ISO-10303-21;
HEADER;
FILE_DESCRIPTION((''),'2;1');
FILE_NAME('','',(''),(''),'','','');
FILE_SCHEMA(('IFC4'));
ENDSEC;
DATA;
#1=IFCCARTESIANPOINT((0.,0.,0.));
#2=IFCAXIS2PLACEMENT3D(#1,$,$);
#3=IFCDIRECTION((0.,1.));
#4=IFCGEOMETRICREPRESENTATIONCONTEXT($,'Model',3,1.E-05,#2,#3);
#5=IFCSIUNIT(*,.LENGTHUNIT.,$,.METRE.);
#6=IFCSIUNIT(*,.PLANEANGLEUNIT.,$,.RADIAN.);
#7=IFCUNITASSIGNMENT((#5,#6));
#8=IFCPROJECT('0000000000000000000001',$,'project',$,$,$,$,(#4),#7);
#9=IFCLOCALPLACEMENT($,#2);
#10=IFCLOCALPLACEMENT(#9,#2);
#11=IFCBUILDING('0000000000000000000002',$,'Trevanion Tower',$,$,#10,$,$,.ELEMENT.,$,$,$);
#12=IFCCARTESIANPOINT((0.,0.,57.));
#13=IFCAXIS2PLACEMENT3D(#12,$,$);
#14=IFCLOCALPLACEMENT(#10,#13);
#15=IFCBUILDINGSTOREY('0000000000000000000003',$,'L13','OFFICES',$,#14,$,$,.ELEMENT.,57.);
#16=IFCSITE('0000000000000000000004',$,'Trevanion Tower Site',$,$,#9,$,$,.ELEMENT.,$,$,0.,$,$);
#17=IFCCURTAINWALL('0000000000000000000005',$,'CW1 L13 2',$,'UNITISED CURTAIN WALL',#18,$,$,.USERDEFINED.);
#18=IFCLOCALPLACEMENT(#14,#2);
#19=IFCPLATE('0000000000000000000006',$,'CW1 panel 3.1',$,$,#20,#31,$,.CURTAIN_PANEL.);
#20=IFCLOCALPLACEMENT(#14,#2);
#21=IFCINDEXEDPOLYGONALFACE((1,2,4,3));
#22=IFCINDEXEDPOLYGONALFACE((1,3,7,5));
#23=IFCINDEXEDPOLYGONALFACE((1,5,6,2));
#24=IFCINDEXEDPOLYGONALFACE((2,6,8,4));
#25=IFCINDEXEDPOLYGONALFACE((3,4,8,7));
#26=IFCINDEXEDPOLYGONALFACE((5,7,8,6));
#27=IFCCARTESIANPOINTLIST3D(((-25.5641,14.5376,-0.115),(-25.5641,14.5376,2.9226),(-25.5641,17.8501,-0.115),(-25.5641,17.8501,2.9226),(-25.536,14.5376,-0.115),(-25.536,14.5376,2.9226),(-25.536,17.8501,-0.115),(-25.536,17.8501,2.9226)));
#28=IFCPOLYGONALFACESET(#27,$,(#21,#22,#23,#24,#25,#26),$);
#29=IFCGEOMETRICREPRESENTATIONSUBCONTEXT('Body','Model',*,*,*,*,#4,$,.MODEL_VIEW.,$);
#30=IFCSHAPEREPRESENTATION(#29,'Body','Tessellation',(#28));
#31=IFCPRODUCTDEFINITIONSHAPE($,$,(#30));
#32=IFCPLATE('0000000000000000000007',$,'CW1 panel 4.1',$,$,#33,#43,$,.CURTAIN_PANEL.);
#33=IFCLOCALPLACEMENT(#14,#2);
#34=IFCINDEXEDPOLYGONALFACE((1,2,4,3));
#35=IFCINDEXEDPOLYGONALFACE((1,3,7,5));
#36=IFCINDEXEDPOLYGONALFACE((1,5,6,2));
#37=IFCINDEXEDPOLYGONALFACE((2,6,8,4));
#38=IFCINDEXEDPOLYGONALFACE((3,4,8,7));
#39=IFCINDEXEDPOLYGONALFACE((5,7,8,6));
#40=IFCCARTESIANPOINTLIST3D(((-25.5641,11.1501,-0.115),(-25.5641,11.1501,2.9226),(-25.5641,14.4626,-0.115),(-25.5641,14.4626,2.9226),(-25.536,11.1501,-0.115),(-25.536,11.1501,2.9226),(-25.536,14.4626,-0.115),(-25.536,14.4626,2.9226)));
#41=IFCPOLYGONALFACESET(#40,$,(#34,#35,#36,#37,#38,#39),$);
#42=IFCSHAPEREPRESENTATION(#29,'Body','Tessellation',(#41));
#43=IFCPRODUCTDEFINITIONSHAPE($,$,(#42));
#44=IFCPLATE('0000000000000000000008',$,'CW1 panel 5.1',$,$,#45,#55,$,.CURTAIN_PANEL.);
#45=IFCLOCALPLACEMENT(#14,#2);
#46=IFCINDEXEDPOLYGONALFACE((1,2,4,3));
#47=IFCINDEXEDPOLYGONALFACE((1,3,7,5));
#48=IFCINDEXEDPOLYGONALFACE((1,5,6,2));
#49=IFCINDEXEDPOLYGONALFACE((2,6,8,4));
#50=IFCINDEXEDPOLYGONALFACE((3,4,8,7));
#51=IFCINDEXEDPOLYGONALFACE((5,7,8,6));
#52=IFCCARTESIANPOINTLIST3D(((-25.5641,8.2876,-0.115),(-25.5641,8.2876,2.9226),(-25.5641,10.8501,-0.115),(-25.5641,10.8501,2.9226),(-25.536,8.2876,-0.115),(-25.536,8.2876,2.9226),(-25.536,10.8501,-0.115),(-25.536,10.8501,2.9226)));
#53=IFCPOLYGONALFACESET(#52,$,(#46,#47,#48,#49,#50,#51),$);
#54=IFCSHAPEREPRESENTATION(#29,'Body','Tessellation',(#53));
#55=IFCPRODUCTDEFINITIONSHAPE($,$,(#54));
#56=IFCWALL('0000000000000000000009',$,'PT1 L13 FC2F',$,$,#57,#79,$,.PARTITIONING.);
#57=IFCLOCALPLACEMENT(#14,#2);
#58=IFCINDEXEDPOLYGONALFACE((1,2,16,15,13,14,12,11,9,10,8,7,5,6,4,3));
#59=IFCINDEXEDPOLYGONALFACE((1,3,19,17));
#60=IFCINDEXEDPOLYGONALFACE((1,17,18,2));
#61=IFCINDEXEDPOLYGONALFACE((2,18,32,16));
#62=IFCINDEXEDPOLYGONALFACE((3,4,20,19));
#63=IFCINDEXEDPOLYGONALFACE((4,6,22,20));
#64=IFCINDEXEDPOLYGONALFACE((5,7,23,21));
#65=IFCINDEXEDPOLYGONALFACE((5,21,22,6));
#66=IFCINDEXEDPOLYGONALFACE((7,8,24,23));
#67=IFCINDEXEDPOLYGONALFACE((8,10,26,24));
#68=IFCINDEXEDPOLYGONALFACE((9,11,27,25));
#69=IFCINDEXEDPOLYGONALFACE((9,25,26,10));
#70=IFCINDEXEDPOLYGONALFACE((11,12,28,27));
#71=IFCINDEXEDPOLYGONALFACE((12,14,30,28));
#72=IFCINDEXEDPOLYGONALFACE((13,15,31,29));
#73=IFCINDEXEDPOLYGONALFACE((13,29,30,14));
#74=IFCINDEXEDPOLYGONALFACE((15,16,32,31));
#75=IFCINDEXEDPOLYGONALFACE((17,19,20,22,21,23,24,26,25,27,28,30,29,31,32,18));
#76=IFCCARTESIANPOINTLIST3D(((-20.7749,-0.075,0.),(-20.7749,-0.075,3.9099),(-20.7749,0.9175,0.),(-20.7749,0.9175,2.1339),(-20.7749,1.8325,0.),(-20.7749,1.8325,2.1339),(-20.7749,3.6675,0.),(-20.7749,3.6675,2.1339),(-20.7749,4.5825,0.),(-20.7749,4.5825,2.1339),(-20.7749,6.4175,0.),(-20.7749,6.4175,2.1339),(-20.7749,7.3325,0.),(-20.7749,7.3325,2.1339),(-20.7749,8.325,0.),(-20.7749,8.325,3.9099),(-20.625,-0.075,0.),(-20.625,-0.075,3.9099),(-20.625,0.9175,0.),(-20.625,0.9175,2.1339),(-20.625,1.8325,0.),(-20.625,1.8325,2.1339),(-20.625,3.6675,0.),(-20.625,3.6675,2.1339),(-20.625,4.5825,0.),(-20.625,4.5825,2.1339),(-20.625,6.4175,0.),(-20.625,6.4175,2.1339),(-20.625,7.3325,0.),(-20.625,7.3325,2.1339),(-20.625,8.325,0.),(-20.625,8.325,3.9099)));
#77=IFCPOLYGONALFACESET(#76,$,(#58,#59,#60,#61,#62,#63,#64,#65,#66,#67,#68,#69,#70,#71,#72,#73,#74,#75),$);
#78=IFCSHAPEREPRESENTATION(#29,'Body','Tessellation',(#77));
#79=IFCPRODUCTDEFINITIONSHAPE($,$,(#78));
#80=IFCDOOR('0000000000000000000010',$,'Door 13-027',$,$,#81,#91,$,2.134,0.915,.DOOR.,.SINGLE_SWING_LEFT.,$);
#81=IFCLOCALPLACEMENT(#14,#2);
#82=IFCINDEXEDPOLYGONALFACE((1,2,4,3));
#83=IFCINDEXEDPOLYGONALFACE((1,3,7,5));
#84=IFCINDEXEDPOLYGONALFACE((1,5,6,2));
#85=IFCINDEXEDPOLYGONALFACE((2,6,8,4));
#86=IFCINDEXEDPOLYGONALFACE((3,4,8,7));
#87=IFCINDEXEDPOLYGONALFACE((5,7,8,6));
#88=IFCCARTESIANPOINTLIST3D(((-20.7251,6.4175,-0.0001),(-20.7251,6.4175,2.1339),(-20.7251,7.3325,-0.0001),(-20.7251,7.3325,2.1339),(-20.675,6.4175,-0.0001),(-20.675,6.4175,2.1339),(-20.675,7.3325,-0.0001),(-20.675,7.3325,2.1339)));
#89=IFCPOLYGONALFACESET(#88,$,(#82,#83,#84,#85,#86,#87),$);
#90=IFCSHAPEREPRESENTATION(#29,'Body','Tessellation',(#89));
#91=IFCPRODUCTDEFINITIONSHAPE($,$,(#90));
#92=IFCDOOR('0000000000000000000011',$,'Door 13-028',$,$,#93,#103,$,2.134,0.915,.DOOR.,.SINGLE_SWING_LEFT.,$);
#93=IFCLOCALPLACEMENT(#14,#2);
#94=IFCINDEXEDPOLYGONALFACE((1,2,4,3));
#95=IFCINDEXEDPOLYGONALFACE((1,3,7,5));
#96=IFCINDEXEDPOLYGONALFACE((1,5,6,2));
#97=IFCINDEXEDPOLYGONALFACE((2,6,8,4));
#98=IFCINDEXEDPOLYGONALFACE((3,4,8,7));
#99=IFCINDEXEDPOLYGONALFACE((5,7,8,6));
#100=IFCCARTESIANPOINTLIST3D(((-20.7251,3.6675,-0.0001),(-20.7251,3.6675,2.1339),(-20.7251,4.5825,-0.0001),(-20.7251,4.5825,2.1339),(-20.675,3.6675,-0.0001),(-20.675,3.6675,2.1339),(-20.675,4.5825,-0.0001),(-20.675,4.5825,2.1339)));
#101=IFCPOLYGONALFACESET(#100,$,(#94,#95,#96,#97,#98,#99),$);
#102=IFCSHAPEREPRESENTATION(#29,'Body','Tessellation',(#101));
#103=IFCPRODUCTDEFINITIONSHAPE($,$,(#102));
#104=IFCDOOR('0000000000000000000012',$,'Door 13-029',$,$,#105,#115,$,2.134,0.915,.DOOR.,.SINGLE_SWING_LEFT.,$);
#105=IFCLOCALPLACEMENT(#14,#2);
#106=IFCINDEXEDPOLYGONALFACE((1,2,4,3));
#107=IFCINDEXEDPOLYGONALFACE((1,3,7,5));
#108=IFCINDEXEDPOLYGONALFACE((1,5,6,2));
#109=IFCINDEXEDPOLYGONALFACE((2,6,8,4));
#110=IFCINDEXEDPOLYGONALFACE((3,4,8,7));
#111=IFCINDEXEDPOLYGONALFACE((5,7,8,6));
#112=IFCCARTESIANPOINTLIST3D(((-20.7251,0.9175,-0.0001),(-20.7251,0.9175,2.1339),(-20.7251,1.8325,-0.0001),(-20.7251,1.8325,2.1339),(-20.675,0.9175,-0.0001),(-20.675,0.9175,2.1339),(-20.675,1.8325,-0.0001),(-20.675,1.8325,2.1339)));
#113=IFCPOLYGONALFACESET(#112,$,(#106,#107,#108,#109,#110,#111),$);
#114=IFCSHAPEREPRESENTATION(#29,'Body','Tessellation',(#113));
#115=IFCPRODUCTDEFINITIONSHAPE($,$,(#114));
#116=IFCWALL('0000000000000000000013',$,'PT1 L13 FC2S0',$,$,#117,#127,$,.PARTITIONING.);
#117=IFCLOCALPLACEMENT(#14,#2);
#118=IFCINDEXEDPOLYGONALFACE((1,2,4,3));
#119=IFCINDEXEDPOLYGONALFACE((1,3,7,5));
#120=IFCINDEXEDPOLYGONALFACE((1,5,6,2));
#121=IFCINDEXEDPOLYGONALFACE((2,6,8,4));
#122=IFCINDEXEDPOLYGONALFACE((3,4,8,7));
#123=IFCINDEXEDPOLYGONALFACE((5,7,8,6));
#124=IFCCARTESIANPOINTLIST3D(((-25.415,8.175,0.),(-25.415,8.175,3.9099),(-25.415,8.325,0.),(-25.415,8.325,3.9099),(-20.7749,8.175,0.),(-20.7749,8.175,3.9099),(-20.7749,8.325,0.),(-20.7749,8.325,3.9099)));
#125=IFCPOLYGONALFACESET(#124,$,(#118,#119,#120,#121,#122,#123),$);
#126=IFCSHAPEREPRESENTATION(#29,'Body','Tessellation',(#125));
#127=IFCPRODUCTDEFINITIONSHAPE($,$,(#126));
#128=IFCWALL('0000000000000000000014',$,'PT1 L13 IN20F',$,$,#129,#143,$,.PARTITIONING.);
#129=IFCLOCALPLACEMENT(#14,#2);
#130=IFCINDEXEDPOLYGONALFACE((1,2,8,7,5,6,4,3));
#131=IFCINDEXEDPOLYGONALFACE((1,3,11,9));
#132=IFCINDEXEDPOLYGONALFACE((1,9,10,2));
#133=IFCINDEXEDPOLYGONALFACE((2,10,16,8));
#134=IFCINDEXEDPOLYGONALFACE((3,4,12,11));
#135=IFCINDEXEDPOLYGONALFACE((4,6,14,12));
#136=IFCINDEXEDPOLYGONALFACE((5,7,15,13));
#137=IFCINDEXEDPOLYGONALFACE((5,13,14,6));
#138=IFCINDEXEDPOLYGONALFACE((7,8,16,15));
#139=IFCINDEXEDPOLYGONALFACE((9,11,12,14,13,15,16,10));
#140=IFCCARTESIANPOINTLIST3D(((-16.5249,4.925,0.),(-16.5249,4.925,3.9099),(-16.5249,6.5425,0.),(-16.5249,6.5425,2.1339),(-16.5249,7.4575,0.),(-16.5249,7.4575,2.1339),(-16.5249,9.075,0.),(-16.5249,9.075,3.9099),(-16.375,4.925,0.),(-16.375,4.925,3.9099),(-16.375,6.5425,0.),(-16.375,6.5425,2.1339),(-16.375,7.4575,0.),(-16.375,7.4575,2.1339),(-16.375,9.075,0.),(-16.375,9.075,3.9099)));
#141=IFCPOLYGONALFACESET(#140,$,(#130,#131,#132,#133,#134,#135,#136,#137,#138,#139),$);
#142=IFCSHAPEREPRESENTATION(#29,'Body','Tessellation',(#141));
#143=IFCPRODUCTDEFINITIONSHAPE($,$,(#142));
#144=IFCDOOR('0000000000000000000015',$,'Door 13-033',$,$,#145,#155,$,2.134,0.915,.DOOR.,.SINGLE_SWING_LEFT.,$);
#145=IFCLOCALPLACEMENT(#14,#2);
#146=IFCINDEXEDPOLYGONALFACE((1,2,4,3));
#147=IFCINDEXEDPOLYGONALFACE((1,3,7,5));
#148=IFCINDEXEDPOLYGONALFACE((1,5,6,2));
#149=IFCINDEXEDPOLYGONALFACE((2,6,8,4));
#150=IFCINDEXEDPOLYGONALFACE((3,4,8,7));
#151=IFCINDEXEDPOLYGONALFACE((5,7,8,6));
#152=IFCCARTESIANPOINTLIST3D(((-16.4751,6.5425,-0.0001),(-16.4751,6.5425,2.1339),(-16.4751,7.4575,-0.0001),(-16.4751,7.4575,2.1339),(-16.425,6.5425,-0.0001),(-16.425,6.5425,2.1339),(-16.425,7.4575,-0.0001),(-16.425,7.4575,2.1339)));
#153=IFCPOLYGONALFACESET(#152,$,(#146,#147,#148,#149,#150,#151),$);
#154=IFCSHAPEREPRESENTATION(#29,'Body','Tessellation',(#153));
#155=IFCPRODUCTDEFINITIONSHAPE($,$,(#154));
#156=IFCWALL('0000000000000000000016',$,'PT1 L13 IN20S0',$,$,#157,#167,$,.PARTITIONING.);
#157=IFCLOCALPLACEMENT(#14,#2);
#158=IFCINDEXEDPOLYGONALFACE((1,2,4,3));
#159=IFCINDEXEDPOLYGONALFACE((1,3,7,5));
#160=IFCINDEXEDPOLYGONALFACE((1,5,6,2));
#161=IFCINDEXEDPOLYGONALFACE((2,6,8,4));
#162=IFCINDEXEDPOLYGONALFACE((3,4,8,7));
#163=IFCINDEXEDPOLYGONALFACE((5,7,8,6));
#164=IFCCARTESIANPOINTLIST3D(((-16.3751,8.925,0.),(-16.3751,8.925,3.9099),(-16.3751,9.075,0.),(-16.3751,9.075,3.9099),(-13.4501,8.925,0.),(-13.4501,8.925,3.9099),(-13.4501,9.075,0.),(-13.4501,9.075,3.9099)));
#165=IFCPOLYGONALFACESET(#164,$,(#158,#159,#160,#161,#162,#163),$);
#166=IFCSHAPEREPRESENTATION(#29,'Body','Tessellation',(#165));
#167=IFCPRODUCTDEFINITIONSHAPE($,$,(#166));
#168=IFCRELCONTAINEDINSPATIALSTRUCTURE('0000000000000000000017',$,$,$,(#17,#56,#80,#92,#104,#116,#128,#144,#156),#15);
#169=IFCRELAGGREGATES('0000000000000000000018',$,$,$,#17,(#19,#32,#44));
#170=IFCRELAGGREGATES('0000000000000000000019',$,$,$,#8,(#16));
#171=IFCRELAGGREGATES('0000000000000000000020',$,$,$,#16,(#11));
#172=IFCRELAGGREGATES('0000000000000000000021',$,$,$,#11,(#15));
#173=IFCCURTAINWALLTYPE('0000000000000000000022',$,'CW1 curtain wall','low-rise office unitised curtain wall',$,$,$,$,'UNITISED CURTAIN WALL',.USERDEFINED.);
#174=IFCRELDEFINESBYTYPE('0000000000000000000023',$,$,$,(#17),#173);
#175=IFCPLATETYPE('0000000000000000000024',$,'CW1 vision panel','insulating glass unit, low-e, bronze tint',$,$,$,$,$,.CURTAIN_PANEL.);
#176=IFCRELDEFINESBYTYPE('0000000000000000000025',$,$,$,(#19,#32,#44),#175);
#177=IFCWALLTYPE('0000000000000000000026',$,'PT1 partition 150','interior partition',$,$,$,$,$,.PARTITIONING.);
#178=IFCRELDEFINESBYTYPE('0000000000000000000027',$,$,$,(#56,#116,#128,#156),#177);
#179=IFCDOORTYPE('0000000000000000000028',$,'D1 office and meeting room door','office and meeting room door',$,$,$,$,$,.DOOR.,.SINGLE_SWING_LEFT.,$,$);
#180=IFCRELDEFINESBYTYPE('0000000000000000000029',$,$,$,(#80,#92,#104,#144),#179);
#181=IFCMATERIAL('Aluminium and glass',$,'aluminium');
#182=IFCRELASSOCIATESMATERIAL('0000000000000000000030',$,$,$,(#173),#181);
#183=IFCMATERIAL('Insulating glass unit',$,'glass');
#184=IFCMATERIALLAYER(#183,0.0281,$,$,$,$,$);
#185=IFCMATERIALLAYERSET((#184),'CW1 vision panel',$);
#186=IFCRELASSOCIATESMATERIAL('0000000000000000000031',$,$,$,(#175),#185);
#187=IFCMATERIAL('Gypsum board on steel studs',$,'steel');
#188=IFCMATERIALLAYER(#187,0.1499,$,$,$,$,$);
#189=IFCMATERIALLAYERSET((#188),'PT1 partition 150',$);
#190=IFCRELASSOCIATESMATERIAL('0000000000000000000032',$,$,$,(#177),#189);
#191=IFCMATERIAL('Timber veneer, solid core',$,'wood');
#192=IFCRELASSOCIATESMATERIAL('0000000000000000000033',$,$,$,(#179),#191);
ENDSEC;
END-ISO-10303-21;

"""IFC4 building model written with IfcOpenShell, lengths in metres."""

from ifc_helpers import new_model, si_unit, direction, frame, frame_2d, origin, origin_2d, place, context, subcontext, project, spatial, rectangle, extrude, material, layer, layer_set, type_object, element, fill, aggregate, save


model = new_model("IFC4")

# Units and contexts
model_context = context("Model", 3, precision=1e-05, world=origin(), true_north=direction((0.0, 1.0)))
body_context = subcontext(model_context, "Body", "Model", "MODEL_VIEW")
ifc_project = project(units=[si_unit("LENGTHUNIT", "METRE"), si_unit("PLANEANGLEUNIT", "RADIAN")], contexts=[model_context])

# Site, building, storey
site_placement = place(None, origin())
site = spatial("IfcSite", under=ifc_project, at=site_placement, Name="Trevanion Tower Site", CompositionType="ELEMENT", RefElevation=0.0)
building_placement = place(site_placement, origin())
building = spatial("IfcBuilding", under=site, at=building_placement, Name="Trevanion Tower", CompositionType="ELEMENT")
storey_placement = place(building_placement, frame((0.0, 0.0, 57.0)))
storey = spatial("IfcBuildingStorey", under=building, at=storey_placement, Name="L13", Description="OFFICES", CompositionType="ELEMENT", Elevation=57.0)

# Curtain wall
ifc_material_1 = material(Name="Aluminium and glass", Category="aluminium")
curtain_wall_type = type_object("IfcCurtainWallType", Name="CW1 curtain wall", Description="low-rise office unitised curtain wall", ElementType="UNITISED CURTAIN WALL", PredefinedType="USERDEFINED", material=ifc_material_1)
curtain_wall_placement = place(storey_placement, origin())
curtain_wall = element("IfcCurtainWall", 1, at=curtain_wall_placement, inside=storey, type_object=curtain_wall_type, Name="CW1 L13 2", ObjectType="UNITISED CURTAIN WALL", PredefinedType="USERDEFINED")

# Plates
ifc_material_2 = material(Name="Insulating glass unit", Category="glass")
ifc_layer_1 = layer(ifc_material_2, 0.0281)
ifc_layer_set_1 = layer_set([ifc_layer_1], Name="CW1 vision panel")
plate_type_1 = type_object("IfcPlateType", Name="CW1 vision panel", Description="insulating glass unit, low-e, bronze tint", PredefinedType="CURTAIN_PANEL", material=ifc_layer_set_1)
plate_1_placement = place(storey_placement, frame((-25.55, 16.1938, -0.115), z_axis=(0.0, 0.0, 1.0), x_axis=(0.0, -1.0, 0.0)))
plate_1 = element("IfcPlate", 2, at=plate_1_placement, type_object=plate_type_1, Name="CW1 panel 3.1", PredefinedType="CURTAIN_PANEL", context=body_context, shape_type="SweptSolid", body=[
    extrude(rectangle(XDim=3.3125, YDim=0.0281, at=origin_2d()), origin(), (0.0, 0.0, 1.0), 3.0376),
])
plate_2_placement = place(storey_placement, frame((-25.55, 12.8064, -0.115), z_axis=(0.0, 0.0, 1.0), x_axis=(0.0, -1.0, 0.0)))
plate_2 = element("IfcPlate", 3, at=plate_2_placement, type_object=plate_type_1, Name="CW1 panel 4.1", PredefinedType="CURTAIN_PANEL", context=body_context, shape_type="SweptSolid", body=[
    extrude(rectangle(XDim=3.3125, YDim=0.0281, at=origin_2d()), origin(), (0.0, 0.0, 1.0), 3.0376),
])
plate_3_placement = place(storey_placement, frame((-25.55, 9.5688, -0.115), z_axis=(0.0, 0.0, 1.0), x_axis=(0.0, -1.0, 0.0)))
plate_3 = element("IfcPlate", 4, at=plate_3_placement, type_object=plate_type_1, Name="CW1 panel 5.1", PredefinedType="CURTAIN_PANEL", context=body_context, shape_type="SweptSolid", body=[
    extrude(rectangle(XDim=2.5625, YDim=0.0281, at=origin_2d()), origin(), (0.0, 0.0, 1.0), 3.0376),
])
aggregate(curtain_wall, [plate_1, plate_2, plate_3])

# Wall, openings, doors
ifc_material_3 = material(Name="Gypsum board on steel studs", Category="steel")
ifc_layer_2 = layer(ifc_material_3, 0.1499)
ifc_layer_set_2 = layer_set([ifc_layer_2], Name="PT1 partition 150")
wall_type = type_object("IfcWallType", Name="PT1 partition 150", Description="interior partition", PredefinedType="PARTITIONING", material=ifc_layer_set_2)
wall_1_placement = place(storey_placement, frame((-20.7, 8.325, 0.0), z_axis=(0.0, 0.0, 1.0), x_axis=(0.0, -1.0, 0.0)))
wall_1 = element("IfcWall", 5, at=wall_1_placement, inside=storey, type_object=wall_type, Name="PT1 L13 FC2F", PredefinedType="PARTITIONING", context=body_context, shape_type="SweptSolid", body=[
    extrude(rectangle(XDim=8.3999, YDim=0.1499, at=frame_2d((4.2, 0.0))), origin(), (0.0, 0.0, 1.0), 3.9099),
])
opening_1_placement = place(wall_1_placement, frame((0.9924, 0.0, 0.0)))
opening_1 = element("IfcOpeningElement", 6, at=opening_1_placement, cuts=wall_1, PredefinedType="OPENING", context=body_context, shape_type="SweptSolid", body=[
    extrude(rectangle(XDim=0.915, YDim=2.134, at=frame_2d((0.4575, 1.0669))), frame((0.0, 0.085, 0.0), z_axis=(0.0, -1.0, 0.0), x_axis=(1.0, 0.0, 0.0)), (0.0, 0.0, 1.0), 0.1699),
])
opening_2_placement = place(wall_1_placement, frame((3.7424, 0.0, 0.0)))
opening_2 = element("IfcOpeningElement", 7, at=opening_2_placement, cuts=wall_1, PredefinedType="OPENING", context=body_context, shape_type="SweptSolid", body=[
    extrude(rectangle(XDim=0.915, YDim=2.134, at=frame_2d((0.4575, 1.0669))), frame((0.0, 0.085, 0.0), z_axis=(0.0, -1.0, 0.0), x_axis=(1.0, 0.0, 0.0)), (0.0, 0.0, 1.0), 0.1699),
])
opening_3_placement = place(wall_1_placement, frame((6.4924, 0.0, 0.0)))
opening_3 = element("IfcOpeningElement", 8, at=opening_3_placement, cuts=wall_1, PredefinedType="OPENING", context=body_context, shape_type="SweptSolid", body=[
    extrude(rectangle(XDim=0.915, YDim=2.134, at=frame_2d((0.4575, 1.0669))), frame((0.0, 0.085, 0.0), z_axis=(0.0, -1.0, 0.0), x_axis=(1.0, 0.0, 0.0)), (0.0, 0.0, 1.0), 0.1699),
])
ifc_material_4 = material(Name="Timber veneer, solid core", Category="wood")
door_type = type_object("IfcDoorType", Name="D1 office and meeting room door", Description="office and meeting room door", OperationType="SINGLE_SWING_LEFT", PredefinedType="DOOR", material=ifc_material_4)
door_1_placement = place(opening_1_placement, origin())
door_1 = element("IfcDoor", 9, at=door_1_placement, inside=storey, type_object=door_type, Name="Door 13-027", OperationType="SINGLE_SWING_LEFT", OverallHeight=2.134, OverallWidth=0.915, PredefinedType="DOOR", context=body_context, shape_type="SweptSolid", body=[
    extrude(rectangle(XDim=0.915, YDim=2.134, at=frame_2d((0.4575, 1.0669))), frame((0.0, 0.0249, 0.0), z_axis=(0.0, -1.0, 0.0), x_axis=(1.0, 0.0, 0.0)), (0.0, 0.0, 1.0), 0.05),
])
fill(opening_1, door_1)
door_2_placement = place(opening_2_placement, origin())
door_2 = element("IfcDoor", 10, at=door_2_placement, inside=storey, type_object=door_type, Name="Door 13-028", OperationType="SINGLE_SWING_LEFT", OverallHeight=2.134, OverallWidth=0.915, PredefinedType="DOOR", context=body_context, shape_type="SweptSolid", body=[
    extrude(rectangle(XDim=0.915, YDim=2.134, at=frame_2d((0.4575, 1.0669))), frame((0.0, 0.0249, 0.0), z_axis=(0.0, -1.0, 0.0), x_axis=(1.0, 0.0, 0.0)), (0.0, 0.0, 1.0), 0.05),
])
fill(opening_2, door_2)
door_3_placement = place(opening_3_placement, origin())
door_3 = element("IfcDoor", 11, at=door_3_placement, inside=storey, type_object=door_type, Name="Door 13-029", OperationType="SINGLE_SWING_LEFT", OverallHeight=2.134, OverallWidth=0.915, PredefinedType="DOOR", context=body_context, shape_type="SweptSolid", body=[
    extrude(rectangle(XDim=0.915, YDim=2.134, at=frame_2d((0.4575, 1.0669))), frame((0.0, 0.0249, 0.0), z_axis=(0.0, -1.0, 0.0), x_axis=(1.0, 0.0, 0.0)), (0.0, 0.0, 1.0), 0.05),
])
fill(opening_3, door_3)

# Wall
wall_2_placement = place(storey_placement, frame((-20.7749, 8.25, 0.0), z_axis=(0.0, 0.0, 1.0), x_axis=(-1.0, 0.0, 0.0)))
element("IfcWall", 12, at=wall_2_placement, inside=storey, type_object=wall_type, Name="PT1 L13 FC2S0", PredefinedType="PARTITIONING", context=body_context, shape_type="SweptSolid", body=[
    extrude(rectangle(XDim=4.6401, YDim=0.1499, at=frame_2d((2.3201, 0.0))), origin(), (0.0, 0.0, 1.0), 3.9099),
])

# Wall, opening, door
wall_3_placement = place(storey_placement, frame((-16.45, 9.075, 0.0), z_axis=(0.0, 0.0, 1.0), x_axis=(0.0, -1.0, 0.0)))
wall_3 = element("IfcWall", 13, at=wall_3_placement, inside=storey, type_object=wall_type, Name="PT1 L13 IN20F", PredefinedType="PARTITIONING", context=body_context, shape_type="SweptSolid", body=[
    extrude(rectangle(XDim=4.1499, YDim=0.1499, at=frame_2d((2.075, 0.0))), origin(), (0.0, 0.0, 1.0), 3.9099),
])
opening_4_placement = place(wall_3_placement, frame((1.6174, 0.0, 0.0)))
opening_4 = element("IfcOpeningElement", 14, at=opening_4_placement, cuts=wall_3, PredefinedType="OPENING", context=body_context, shape_type="SweptSolid", body=[
    extrude(rectangle(XDim=0.915, YDim=2.134, at=frame_2d((0.4575, 1.0669))), frame((0.0, 0.085, 0.0), z_axis=(0.0, -1.0, 0.0), x_axis=(1.0, 0.0, 0.0)), (0.0, 0.0, 1.0), 0.1699),
])
door_4_placement = place(opening_4_placement, origin())
door_4 = element("IfcDoor", 15, at=door_4_placement, inside=storey, type_object=door_type, Name="Door 13-033", OperationType="SINGLE_SWING_LEFT", OverallHeight=2.134, OverallWidth=0.915, PredefinedType="DOOR", context=body_context, shape_type="SweptSolid", body=[
    extrude(rectangle(XDim=0.915, YDim=2.134, at=frame_2d((0.4575, 1.0669))), frame((0.0, 0.0249, 0.0), z_axis=(0.0, -1.0, 0.0), x_axis=(1.0, 0.0, 0.0)), (0.0, 0.0, 1.0), 0.05),
])
fill(opening_4, door_4)

# Wall
wall_4_placement = place(storey_placement, frame((-16.375, 9.0, 0.0), z_axis=(0.0, 0.0, 1.0), x_axis=(1.0, 0.0, 0.0)))
element("IfcWall", 16, at=wall_4_placement, inside=storey, type_object=wall_type, Name="PT1 L13 IN20S0", PredefinedType="PARTITIONING", context=body_context, shape_type="SweptSolid", body=[
    extrude(rectangle(XDim=2.925, YDim=0.1499, at=frame_2d((1.4624, 0.0))), origin(), (0.0, 0.0, 1.0), 3.9099),
])

save(model, "model.ifc")
